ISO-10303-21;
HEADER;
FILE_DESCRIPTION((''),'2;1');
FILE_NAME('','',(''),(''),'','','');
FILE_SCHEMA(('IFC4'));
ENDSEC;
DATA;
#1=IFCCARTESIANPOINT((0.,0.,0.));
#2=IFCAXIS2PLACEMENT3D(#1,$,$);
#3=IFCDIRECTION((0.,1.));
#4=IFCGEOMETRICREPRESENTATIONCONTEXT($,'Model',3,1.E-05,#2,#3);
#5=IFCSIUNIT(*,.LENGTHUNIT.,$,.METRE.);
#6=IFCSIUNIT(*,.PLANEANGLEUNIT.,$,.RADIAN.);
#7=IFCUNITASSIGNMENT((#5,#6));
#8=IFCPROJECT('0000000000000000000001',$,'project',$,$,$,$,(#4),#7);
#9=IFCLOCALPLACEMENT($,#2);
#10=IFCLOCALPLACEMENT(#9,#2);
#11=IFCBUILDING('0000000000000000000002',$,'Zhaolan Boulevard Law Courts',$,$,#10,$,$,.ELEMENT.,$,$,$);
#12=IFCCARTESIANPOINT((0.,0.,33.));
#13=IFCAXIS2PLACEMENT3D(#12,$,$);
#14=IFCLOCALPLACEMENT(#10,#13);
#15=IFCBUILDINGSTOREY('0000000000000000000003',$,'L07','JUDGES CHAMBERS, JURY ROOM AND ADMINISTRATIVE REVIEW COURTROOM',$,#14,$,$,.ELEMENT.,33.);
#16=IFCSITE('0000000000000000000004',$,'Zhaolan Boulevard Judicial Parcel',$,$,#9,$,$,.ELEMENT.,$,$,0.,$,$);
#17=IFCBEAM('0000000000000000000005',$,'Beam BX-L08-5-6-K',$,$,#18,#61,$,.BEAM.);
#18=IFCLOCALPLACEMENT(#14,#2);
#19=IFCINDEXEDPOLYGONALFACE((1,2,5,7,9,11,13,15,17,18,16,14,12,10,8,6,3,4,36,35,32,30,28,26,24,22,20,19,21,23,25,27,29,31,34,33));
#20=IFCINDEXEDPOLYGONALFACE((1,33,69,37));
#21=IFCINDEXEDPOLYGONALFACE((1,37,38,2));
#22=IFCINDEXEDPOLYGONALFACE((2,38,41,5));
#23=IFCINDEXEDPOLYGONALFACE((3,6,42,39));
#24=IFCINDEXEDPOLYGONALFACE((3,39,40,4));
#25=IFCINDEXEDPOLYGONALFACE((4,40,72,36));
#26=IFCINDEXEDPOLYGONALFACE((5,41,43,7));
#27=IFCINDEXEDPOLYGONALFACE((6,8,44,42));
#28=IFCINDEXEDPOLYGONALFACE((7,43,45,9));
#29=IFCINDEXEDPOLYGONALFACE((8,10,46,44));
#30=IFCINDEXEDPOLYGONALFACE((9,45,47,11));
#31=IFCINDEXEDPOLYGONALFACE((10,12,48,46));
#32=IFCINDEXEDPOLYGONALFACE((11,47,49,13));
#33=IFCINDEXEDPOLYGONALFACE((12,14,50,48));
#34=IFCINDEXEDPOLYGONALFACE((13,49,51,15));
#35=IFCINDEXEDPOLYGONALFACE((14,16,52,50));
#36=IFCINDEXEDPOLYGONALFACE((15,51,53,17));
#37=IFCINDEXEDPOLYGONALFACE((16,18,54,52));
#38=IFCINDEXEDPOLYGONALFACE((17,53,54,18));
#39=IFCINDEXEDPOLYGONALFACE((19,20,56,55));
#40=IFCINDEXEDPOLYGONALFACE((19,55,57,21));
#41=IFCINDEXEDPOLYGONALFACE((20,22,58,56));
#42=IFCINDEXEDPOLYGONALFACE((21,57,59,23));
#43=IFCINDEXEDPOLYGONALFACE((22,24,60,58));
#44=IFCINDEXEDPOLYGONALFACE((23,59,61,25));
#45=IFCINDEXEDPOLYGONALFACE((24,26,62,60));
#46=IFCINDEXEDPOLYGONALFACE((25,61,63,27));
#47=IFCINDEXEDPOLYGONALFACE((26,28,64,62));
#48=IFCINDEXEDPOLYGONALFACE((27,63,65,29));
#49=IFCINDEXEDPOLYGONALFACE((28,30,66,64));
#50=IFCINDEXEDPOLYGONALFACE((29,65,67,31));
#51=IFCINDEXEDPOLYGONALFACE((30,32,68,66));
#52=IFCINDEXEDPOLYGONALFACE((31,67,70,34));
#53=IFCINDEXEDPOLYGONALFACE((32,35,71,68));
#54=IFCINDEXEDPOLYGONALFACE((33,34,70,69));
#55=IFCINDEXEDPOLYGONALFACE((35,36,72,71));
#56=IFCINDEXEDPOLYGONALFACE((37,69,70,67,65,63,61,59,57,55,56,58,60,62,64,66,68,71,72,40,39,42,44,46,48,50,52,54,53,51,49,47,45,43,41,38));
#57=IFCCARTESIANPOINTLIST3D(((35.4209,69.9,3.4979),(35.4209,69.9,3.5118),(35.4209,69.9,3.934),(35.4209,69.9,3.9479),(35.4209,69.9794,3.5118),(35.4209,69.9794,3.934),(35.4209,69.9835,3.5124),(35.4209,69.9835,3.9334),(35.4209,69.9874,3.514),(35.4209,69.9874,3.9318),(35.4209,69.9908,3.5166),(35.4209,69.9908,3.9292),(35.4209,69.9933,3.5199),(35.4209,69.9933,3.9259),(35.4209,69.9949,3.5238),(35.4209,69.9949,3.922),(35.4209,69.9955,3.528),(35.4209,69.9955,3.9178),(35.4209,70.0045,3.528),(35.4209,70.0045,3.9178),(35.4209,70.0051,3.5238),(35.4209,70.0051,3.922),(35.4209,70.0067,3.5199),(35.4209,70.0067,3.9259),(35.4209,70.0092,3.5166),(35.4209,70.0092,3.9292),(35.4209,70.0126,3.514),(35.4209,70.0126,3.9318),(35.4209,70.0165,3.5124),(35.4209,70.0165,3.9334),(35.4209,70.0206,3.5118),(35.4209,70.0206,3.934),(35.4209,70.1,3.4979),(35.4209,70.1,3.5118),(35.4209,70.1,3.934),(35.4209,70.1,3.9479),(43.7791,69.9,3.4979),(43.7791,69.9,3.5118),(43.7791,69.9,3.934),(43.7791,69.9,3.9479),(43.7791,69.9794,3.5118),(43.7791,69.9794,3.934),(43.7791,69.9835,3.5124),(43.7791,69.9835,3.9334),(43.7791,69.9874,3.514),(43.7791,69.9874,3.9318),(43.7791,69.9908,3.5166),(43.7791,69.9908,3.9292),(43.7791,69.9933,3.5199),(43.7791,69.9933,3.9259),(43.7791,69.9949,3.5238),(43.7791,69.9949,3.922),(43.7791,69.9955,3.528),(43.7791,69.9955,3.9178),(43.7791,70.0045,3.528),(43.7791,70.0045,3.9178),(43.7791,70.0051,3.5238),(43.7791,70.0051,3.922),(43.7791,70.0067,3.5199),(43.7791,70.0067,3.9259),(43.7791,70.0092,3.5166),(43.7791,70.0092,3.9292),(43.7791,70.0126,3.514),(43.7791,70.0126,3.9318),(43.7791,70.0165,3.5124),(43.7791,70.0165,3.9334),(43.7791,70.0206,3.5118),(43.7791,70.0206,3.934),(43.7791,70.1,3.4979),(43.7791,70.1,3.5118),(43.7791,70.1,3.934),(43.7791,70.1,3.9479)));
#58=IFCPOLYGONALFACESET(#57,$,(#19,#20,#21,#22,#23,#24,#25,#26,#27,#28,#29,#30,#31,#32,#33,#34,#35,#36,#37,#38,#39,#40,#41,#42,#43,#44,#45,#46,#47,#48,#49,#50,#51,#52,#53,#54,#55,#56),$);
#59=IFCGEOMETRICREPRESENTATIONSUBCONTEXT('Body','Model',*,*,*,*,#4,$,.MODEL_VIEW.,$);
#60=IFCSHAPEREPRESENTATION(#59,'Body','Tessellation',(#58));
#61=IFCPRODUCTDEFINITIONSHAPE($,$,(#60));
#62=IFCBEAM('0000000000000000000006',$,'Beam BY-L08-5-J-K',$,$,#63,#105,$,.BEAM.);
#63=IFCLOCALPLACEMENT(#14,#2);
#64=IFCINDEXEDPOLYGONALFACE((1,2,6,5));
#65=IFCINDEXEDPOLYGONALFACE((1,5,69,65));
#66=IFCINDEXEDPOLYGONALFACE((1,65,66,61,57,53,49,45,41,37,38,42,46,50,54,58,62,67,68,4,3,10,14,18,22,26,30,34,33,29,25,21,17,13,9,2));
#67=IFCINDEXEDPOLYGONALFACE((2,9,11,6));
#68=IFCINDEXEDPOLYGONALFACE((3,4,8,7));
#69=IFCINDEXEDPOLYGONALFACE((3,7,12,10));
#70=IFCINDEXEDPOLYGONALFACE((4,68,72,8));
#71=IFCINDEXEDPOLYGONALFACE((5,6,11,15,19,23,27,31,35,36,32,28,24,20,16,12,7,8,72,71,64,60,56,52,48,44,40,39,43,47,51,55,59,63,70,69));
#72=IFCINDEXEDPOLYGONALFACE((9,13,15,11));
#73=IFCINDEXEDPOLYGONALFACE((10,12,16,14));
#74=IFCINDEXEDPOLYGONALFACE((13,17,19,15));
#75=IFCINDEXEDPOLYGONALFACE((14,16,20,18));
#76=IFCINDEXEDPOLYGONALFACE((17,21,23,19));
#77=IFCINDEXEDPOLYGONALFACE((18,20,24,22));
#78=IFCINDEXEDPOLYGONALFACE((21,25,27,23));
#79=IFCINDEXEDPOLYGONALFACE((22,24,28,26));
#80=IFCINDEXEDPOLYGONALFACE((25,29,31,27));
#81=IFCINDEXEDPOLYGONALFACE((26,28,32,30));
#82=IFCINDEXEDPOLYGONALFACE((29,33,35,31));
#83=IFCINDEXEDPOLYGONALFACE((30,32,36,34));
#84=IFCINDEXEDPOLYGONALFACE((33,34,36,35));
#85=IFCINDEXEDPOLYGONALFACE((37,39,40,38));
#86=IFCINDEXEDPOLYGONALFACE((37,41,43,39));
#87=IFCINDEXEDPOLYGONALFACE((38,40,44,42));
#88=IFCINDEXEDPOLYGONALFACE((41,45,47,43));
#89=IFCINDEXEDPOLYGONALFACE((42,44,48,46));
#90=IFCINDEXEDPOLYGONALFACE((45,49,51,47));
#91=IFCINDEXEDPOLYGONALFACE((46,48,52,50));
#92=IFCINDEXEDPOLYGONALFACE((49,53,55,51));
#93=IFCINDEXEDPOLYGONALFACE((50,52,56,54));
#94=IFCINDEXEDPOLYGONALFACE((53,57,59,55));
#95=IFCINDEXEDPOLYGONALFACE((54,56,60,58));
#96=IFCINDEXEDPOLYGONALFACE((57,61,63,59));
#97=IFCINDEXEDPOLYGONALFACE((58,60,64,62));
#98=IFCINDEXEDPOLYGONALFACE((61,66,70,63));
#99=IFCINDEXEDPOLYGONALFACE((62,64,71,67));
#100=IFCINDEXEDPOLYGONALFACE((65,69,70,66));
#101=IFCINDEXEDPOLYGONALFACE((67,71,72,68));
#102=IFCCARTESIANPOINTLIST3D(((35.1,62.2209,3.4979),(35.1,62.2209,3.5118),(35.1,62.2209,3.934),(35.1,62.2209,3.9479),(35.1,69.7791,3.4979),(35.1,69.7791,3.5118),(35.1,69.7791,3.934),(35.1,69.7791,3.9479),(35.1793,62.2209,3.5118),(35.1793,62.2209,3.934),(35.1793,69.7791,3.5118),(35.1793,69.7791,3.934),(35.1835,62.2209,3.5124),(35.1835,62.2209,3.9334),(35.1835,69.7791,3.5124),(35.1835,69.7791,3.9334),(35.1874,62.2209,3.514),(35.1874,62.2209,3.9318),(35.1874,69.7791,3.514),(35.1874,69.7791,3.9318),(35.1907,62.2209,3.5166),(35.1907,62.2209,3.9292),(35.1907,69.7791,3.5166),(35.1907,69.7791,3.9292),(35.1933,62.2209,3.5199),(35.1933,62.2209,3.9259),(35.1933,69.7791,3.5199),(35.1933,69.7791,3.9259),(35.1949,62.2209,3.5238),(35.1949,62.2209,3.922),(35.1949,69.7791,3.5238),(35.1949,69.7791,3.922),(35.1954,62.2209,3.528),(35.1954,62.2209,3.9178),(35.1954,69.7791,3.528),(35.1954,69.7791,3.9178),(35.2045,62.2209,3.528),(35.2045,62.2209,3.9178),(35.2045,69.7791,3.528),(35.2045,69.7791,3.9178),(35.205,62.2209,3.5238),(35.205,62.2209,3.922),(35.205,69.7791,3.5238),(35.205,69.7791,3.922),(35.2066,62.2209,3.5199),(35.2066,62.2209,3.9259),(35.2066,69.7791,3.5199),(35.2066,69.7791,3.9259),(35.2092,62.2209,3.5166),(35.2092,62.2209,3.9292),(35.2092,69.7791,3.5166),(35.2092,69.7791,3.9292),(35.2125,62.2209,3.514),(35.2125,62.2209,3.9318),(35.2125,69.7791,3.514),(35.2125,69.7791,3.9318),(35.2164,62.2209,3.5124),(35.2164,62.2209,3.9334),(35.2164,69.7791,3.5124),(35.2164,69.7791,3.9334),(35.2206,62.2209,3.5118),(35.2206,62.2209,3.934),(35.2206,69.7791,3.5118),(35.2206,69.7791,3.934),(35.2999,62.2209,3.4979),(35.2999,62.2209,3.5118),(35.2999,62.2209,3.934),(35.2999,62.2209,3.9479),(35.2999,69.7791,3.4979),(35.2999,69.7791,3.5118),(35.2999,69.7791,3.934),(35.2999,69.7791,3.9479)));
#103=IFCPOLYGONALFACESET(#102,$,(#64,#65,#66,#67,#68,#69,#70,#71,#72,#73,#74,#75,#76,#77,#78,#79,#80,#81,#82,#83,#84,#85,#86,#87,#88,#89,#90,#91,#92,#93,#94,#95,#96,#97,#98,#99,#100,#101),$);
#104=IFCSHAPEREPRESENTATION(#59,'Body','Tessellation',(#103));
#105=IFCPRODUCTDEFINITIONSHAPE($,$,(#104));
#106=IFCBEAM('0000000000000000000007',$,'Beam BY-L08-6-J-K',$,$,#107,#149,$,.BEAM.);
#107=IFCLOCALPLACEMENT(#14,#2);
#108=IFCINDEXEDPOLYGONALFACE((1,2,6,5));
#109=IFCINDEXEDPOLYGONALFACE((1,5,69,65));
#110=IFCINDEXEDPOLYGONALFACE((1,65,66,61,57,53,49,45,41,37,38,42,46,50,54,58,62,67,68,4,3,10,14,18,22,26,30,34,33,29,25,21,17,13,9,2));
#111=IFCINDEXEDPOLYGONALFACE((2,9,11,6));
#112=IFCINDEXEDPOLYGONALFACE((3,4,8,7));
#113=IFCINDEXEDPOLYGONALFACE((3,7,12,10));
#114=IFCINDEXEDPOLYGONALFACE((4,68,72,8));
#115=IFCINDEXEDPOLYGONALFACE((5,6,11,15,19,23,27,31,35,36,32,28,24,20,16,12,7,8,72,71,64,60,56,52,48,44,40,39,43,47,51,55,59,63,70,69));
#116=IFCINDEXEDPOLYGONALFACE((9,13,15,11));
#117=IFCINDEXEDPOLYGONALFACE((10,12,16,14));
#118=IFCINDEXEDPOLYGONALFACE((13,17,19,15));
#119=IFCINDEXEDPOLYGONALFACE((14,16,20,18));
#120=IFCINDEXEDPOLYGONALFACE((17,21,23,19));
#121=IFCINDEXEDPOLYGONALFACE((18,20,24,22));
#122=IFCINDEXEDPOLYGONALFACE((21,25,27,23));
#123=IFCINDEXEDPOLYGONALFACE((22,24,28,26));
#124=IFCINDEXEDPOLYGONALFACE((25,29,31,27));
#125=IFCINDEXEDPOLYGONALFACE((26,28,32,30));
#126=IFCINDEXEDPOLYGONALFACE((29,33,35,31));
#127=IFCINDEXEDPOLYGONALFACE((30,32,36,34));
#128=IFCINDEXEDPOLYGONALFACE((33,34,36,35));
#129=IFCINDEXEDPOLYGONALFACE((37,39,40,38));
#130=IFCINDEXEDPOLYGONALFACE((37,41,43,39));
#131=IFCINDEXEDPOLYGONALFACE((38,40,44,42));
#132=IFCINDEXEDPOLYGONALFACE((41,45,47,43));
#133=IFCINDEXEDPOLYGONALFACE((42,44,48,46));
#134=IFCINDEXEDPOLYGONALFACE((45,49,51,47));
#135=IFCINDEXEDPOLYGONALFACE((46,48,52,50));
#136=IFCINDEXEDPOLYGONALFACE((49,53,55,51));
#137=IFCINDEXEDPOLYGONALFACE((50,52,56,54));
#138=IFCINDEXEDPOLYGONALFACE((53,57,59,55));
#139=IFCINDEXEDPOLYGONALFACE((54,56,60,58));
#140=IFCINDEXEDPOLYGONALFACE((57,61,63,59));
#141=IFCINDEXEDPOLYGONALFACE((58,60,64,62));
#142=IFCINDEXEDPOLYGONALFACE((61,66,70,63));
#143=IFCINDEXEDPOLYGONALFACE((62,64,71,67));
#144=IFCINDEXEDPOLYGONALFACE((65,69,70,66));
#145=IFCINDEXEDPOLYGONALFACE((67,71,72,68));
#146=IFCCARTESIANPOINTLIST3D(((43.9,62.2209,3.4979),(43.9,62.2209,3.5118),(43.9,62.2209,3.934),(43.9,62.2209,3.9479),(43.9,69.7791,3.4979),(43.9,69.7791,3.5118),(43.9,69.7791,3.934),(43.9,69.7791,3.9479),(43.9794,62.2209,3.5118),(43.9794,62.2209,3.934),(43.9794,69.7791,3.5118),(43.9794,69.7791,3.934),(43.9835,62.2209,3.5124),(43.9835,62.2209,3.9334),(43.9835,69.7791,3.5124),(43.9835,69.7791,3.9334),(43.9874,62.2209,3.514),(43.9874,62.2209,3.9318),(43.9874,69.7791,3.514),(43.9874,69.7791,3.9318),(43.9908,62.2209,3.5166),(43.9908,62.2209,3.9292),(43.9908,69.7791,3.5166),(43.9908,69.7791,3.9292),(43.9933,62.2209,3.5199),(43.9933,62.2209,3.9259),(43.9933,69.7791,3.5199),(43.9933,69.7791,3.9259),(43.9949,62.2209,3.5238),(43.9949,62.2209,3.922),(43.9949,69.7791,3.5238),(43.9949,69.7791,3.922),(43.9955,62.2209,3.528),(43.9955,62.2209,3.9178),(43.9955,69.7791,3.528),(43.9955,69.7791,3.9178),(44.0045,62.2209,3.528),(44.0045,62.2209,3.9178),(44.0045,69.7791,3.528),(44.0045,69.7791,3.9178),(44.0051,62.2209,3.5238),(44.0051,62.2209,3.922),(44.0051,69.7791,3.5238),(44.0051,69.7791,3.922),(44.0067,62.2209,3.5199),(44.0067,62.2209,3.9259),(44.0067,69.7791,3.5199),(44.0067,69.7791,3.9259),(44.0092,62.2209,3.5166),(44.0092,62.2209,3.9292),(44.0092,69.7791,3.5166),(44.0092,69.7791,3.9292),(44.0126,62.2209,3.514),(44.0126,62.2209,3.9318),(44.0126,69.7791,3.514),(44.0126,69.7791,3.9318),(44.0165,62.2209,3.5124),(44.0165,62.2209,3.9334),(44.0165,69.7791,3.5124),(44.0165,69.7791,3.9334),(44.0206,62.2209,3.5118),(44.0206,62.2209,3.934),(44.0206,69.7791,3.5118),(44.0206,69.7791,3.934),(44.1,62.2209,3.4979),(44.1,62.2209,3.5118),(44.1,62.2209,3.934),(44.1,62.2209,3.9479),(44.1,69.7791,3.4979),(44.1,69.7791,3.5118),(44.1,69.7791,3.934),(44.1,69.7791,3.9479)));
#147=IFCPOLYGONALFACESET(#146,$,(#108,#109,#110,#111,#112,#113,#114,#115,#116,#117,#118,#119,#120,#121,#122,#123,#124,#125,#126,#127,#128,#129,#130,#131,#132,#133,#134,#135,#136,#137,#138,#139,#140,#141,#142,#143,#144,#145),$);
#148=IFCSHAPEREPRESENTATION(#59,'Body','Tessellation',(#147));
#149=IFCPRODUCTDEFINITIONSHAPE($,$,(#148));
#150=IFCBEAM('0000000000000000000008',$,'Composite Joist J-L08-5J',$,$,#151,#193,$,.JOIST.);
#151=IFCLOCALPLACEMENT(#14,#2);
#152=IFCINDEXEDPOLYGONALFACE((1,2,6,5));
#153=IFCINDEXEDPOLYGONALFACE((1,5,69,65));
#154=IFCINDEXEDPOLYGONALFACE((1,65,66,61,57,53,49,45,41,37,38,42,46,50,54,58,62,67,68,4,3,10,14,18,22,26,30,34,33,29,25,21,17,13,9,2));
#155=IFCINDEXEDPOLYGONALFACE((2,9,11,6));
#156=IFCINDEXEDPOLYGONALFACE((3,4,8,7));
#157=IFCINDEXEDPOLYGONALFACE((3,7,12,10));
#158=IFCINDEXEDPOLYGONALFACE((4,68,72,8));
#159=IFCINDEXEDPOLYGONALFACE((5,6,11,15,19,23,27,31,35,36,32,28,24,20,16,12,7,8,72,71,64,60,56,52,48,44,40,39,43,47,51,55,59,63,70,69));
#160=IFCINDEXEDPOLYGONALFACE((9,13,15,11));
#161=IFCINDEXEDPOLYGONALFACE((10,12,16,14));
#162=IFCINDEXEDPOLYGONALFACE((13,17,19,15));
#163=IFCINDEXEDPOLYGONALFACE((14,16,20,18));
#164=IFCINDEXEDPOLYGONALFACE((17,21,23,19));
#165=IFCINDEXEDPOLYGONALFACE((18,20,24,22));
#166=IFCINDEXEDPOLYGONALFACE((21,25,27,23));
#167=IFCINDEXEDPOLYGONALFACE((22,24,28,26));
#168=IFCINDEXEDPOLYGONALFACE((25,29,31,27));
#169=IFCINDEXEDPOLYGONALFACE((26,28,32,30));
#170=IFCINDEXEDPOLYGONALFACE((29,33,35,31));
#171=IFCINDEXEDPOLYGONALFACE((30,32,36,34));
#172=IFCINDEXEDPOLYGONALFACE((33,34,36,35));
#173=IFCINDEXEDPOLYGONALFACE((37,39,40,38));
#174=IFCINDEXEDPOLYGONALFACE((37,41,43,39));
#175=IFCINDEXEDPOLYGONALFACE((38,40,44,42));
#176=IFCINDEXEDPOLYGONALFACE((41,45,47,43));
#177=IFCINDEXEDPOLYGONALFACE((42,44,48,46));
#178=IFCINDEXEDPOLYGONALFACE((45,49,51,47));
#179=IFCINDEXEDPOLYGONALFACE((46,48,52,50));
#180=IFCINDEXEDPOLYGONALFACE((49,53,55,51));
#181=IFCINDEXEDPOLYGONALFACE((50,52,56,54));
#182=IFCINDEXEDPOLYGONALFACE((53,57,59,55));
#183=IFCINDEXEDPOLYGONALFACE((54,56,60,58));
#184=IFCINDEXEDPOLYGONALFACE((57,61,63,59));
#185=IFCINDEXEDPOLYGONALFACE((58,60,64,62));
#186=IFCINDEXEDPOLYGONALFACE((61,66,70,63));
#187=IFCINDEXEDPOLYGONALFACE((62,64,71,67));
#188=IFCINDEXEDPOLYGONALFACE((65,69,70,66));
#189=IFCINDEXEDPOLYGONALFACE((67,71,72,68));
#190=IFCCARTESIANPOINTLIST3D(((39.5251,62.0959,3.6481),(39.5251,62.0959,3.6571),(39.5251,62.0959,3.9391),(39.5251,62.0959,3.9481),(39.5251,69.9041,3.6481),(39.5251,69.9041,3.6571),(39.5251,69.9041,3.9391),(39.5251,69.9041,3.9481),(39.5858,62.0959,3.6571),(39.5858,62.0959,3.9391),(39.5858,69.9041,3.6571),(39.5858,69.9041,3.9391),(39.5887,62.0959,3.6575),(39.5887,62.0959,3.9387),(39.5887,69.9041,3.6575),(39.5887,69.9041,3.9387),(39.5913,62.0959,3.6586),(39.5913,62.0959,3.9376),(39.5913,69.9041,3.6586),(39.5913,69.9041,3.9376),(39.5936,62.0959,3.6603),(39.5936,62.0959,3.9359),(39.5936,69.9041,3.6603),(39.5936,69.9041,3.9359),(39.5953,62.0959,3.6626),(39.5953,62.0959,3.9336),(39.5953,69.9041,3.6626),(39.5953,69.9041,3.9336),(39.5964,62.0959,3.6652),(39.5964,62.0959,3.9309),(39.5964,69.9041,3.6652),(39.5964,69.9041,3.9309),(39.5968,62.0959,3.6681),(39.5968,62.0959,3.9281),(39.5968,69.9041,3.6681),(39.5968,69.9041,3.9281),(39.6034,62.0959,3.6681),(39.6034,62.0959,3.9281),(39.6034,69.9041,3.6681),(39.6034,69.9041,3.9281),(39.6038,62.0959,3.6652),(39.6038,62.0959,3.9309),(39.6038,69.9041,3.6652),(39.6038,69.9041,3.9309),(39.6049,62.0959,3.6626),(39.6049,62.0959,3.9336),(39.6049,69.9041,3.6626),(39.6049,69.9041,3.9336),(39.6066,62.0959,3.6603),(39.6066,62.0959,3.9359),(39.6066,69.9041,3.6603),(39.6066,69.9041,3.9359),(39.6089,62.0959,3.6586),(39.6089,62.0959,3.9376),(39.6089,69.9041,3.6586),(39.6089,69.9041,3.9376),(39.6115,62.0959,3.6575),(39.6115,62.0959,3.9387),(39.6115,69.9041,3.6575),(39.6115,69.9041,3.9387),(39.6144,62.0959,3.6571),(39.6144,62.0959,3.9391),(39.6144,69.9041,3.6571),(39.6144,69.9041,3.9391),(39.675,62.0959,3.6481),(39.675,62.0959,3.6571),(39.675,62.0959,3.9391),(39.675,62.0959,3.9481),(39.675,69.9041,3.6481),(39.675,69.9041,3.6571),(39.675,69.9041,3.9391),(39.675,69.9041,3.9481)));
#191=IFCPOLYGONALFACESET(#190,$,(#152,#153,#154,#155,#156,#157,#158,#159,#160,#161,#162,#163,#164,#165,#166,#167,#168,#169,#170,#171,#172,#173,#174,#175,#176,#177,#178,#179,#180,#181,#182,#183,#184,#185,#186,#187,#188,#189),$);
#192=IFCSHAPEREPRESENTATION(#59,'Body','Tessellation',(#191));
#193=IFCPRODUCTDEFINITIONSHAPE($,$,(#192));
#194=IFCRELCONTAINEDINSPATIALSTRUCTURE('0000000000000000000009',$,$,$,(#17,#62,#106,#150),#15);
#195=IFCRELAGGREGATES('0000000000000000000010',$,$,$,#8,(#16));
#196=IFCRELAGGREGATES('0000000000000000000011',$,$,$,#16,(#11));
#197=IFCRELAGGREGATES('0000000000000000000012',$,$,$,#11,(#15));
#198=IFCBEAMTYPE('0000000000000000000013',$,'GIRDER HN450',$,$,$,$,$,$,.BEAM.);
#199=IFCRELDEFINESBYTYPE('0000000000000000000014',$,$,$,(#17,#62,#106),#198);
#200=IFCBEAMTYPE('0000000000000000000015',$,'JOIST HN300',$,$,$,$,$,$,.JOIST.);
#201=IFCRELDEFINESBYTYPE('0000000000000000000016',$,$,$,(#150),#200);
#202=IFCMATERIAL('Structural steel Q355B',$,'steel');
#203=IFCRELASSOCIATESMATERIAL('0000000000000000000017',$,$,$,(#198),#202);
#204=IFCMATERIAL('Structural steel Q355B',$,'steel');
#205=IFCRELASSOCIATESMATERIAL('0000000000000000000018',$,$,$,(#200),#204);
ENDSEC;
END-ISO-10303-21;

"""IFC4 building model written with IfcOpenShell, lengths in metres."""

from ifc_helpers import new_model, si_unit, direction, frame, origin, origin_2d, place, context, subcontext, project, spatial, i_section, extrude, material, material_profile, profile_set, type_object, element, save


model = new_model("IFC4")

# Units and contexts
model_context = context("Model", 3, precision=1e-05, world=origin(), true_north=direction((0.0, 1.0)))
body_context = subcontext(model_context, "Body", "Model", "MODEL_VIEW")
ifc_project = project(units=[si_unit("LENGTHUNIT", "METRE"), si_unit("PLANEANGLEUNIT", "RADIAN")], contexts=[model_context])

# Site, building, storey
site_placement = place(None, origin())
site = spatial("IfcSite", under=ifc_project, at=site_placement, Name="Zhaolan Boulevard Judicial Parcel", CompositionType="ELEMENT", RefElevation=0.0)
building_placement = place(site_placement, origin())
building = spatial("IfcBuilding", under=site, at=building_placement, Name="Zhaolan Boulevard Law Courts", CompositionType="ELEMENT")
storey_placement = place(building_placement, frame((0.0, 0.0, 33.0)))
storey = spatial("IfcBuildingStorey", under=building, at=storey_placement, Name="L07", Description="JUDGES CHAMBERS, JURY ROOM AND ADMINISTRATIVE REVIEW COURTROOM", CompositionType="ELEMENT", Elevation=33.0)

# Beams
ifc_material_1 = material(Name="Structural steel Q355B", Category="steel")
ifc_material_profile_1 = material_profile(ifc_material_1, i_section(OverallWidth=0.2, OverallDepth=0.45, WebThickness=0.009, FlangeThickness=0.0139, FilletRadius=0.0161, at=origin_2d()), Name="HN450x200")
ifc_profile_set_1 = profile_set([ifc_material_profile_1], Name="Structural steel Q355B")
beam_type_1 = type_object("IfcBeamType", Name="GIRDER HN450", PredefinedType="BEAM", material=ifc_profile_set_1)
beam_1_placement = place(storey_placement, frame((35.4209, 70.0, 3.7229), z_axis=(1.0, 0.0, 0.0), x_axis=(0.0, 1.0, 0.0)))
element("IfcBeam", 1, at=beam_1_placement, inside=storey, type_object=beam_type_1, Name="Beam BX-L08-5-6-K", PredefinedType="BEAM", context=body_context, shape_type="SweptSolid", body=[
    extrude(i_section(OverallWidth=0.2, OverallDepth=0.45, WebThickness=0.009, FlangeThickness=0.0139, FilletRadius=0.0161, at=origin_2d()), origin(), (0.0, 0.0, 1.0), 8.3582),
])
for number, where, z_axis, x_axis, name in (
    (2, (35.2, 62.2209, 3.7229), (0.0, 1.0, 0.0), (-1.0, 0.0, 0.0), "Beam BY-L08-5-J-K"),
    (3, (44.0, 62.2209, 3.7229), (0.0, 1.0, 0.0), (-1.0, 0.0, 0.0), "Beam BY-L08-6-J-K"),
):
    element("IfcBeam", number, at=place(storey_placement, frame(where, z_axis=z_axis, x_axis=x_axis)), inside=storey, type_object=beam_type_1, Name=name, PredefinedType="BEAM", context=body_context, shape_type="SweptSolid", body=[
        extrude(i_section(OverallWidth=0.2, OverallDepth=0.45, WebThickness=0.009, FlangeThickness=0.0139, FilletRadius=0.0161, at=origin_2d()), origin(), (0.0, 0.0, 1.0), 7.5581),
    ])
ifc_material_2 = material(Name="Structural steel Q355B", Category="steel")
ifc_material_profile_2 = material_profile(ifc_material_2, i_section(OverallWidth=0.1499, OverallDepth=0.3, WebThickness=0.0066, FlangeThickness=0.009, FilletRadius=0.011, at=origin_2d()), Name="HN300x150")
ifc_profile_set_2 = profile_set([ifc_material_profile_2], Name="Structural steel Q355B")
beam_type_2 = type_object("IfcBeamType", Name="JOIST HN300", PredefinedType="JOIST", material=ifc_profile_set_2)
beam_2_placement = place(storey_placement, frame((39.6001, 62.0959, 3.7981), z_axis=(0.0, 1.0, 0.0), x_axis=(-1.0, 0.0, 0.0)))
element("IfcBeam", 4, at=beam_2_placement, inside=storey, type_object=beam_type_2, Name="Composite Joist J-L08-5J", PredefinedType="JOIST", context=body_context, shape_type="SweptSolid", body=[
    extrude(i_section(OverallWidth=0.1499, OverallDepth=0.3, WebThickness=0.0066, FlangeThickness=0.009, FilletRadius=0.011, at=origin_2d()), origin(), (0.0, 0.0, 1.0), 7.8081),
])

save(model, "model.ifc")
